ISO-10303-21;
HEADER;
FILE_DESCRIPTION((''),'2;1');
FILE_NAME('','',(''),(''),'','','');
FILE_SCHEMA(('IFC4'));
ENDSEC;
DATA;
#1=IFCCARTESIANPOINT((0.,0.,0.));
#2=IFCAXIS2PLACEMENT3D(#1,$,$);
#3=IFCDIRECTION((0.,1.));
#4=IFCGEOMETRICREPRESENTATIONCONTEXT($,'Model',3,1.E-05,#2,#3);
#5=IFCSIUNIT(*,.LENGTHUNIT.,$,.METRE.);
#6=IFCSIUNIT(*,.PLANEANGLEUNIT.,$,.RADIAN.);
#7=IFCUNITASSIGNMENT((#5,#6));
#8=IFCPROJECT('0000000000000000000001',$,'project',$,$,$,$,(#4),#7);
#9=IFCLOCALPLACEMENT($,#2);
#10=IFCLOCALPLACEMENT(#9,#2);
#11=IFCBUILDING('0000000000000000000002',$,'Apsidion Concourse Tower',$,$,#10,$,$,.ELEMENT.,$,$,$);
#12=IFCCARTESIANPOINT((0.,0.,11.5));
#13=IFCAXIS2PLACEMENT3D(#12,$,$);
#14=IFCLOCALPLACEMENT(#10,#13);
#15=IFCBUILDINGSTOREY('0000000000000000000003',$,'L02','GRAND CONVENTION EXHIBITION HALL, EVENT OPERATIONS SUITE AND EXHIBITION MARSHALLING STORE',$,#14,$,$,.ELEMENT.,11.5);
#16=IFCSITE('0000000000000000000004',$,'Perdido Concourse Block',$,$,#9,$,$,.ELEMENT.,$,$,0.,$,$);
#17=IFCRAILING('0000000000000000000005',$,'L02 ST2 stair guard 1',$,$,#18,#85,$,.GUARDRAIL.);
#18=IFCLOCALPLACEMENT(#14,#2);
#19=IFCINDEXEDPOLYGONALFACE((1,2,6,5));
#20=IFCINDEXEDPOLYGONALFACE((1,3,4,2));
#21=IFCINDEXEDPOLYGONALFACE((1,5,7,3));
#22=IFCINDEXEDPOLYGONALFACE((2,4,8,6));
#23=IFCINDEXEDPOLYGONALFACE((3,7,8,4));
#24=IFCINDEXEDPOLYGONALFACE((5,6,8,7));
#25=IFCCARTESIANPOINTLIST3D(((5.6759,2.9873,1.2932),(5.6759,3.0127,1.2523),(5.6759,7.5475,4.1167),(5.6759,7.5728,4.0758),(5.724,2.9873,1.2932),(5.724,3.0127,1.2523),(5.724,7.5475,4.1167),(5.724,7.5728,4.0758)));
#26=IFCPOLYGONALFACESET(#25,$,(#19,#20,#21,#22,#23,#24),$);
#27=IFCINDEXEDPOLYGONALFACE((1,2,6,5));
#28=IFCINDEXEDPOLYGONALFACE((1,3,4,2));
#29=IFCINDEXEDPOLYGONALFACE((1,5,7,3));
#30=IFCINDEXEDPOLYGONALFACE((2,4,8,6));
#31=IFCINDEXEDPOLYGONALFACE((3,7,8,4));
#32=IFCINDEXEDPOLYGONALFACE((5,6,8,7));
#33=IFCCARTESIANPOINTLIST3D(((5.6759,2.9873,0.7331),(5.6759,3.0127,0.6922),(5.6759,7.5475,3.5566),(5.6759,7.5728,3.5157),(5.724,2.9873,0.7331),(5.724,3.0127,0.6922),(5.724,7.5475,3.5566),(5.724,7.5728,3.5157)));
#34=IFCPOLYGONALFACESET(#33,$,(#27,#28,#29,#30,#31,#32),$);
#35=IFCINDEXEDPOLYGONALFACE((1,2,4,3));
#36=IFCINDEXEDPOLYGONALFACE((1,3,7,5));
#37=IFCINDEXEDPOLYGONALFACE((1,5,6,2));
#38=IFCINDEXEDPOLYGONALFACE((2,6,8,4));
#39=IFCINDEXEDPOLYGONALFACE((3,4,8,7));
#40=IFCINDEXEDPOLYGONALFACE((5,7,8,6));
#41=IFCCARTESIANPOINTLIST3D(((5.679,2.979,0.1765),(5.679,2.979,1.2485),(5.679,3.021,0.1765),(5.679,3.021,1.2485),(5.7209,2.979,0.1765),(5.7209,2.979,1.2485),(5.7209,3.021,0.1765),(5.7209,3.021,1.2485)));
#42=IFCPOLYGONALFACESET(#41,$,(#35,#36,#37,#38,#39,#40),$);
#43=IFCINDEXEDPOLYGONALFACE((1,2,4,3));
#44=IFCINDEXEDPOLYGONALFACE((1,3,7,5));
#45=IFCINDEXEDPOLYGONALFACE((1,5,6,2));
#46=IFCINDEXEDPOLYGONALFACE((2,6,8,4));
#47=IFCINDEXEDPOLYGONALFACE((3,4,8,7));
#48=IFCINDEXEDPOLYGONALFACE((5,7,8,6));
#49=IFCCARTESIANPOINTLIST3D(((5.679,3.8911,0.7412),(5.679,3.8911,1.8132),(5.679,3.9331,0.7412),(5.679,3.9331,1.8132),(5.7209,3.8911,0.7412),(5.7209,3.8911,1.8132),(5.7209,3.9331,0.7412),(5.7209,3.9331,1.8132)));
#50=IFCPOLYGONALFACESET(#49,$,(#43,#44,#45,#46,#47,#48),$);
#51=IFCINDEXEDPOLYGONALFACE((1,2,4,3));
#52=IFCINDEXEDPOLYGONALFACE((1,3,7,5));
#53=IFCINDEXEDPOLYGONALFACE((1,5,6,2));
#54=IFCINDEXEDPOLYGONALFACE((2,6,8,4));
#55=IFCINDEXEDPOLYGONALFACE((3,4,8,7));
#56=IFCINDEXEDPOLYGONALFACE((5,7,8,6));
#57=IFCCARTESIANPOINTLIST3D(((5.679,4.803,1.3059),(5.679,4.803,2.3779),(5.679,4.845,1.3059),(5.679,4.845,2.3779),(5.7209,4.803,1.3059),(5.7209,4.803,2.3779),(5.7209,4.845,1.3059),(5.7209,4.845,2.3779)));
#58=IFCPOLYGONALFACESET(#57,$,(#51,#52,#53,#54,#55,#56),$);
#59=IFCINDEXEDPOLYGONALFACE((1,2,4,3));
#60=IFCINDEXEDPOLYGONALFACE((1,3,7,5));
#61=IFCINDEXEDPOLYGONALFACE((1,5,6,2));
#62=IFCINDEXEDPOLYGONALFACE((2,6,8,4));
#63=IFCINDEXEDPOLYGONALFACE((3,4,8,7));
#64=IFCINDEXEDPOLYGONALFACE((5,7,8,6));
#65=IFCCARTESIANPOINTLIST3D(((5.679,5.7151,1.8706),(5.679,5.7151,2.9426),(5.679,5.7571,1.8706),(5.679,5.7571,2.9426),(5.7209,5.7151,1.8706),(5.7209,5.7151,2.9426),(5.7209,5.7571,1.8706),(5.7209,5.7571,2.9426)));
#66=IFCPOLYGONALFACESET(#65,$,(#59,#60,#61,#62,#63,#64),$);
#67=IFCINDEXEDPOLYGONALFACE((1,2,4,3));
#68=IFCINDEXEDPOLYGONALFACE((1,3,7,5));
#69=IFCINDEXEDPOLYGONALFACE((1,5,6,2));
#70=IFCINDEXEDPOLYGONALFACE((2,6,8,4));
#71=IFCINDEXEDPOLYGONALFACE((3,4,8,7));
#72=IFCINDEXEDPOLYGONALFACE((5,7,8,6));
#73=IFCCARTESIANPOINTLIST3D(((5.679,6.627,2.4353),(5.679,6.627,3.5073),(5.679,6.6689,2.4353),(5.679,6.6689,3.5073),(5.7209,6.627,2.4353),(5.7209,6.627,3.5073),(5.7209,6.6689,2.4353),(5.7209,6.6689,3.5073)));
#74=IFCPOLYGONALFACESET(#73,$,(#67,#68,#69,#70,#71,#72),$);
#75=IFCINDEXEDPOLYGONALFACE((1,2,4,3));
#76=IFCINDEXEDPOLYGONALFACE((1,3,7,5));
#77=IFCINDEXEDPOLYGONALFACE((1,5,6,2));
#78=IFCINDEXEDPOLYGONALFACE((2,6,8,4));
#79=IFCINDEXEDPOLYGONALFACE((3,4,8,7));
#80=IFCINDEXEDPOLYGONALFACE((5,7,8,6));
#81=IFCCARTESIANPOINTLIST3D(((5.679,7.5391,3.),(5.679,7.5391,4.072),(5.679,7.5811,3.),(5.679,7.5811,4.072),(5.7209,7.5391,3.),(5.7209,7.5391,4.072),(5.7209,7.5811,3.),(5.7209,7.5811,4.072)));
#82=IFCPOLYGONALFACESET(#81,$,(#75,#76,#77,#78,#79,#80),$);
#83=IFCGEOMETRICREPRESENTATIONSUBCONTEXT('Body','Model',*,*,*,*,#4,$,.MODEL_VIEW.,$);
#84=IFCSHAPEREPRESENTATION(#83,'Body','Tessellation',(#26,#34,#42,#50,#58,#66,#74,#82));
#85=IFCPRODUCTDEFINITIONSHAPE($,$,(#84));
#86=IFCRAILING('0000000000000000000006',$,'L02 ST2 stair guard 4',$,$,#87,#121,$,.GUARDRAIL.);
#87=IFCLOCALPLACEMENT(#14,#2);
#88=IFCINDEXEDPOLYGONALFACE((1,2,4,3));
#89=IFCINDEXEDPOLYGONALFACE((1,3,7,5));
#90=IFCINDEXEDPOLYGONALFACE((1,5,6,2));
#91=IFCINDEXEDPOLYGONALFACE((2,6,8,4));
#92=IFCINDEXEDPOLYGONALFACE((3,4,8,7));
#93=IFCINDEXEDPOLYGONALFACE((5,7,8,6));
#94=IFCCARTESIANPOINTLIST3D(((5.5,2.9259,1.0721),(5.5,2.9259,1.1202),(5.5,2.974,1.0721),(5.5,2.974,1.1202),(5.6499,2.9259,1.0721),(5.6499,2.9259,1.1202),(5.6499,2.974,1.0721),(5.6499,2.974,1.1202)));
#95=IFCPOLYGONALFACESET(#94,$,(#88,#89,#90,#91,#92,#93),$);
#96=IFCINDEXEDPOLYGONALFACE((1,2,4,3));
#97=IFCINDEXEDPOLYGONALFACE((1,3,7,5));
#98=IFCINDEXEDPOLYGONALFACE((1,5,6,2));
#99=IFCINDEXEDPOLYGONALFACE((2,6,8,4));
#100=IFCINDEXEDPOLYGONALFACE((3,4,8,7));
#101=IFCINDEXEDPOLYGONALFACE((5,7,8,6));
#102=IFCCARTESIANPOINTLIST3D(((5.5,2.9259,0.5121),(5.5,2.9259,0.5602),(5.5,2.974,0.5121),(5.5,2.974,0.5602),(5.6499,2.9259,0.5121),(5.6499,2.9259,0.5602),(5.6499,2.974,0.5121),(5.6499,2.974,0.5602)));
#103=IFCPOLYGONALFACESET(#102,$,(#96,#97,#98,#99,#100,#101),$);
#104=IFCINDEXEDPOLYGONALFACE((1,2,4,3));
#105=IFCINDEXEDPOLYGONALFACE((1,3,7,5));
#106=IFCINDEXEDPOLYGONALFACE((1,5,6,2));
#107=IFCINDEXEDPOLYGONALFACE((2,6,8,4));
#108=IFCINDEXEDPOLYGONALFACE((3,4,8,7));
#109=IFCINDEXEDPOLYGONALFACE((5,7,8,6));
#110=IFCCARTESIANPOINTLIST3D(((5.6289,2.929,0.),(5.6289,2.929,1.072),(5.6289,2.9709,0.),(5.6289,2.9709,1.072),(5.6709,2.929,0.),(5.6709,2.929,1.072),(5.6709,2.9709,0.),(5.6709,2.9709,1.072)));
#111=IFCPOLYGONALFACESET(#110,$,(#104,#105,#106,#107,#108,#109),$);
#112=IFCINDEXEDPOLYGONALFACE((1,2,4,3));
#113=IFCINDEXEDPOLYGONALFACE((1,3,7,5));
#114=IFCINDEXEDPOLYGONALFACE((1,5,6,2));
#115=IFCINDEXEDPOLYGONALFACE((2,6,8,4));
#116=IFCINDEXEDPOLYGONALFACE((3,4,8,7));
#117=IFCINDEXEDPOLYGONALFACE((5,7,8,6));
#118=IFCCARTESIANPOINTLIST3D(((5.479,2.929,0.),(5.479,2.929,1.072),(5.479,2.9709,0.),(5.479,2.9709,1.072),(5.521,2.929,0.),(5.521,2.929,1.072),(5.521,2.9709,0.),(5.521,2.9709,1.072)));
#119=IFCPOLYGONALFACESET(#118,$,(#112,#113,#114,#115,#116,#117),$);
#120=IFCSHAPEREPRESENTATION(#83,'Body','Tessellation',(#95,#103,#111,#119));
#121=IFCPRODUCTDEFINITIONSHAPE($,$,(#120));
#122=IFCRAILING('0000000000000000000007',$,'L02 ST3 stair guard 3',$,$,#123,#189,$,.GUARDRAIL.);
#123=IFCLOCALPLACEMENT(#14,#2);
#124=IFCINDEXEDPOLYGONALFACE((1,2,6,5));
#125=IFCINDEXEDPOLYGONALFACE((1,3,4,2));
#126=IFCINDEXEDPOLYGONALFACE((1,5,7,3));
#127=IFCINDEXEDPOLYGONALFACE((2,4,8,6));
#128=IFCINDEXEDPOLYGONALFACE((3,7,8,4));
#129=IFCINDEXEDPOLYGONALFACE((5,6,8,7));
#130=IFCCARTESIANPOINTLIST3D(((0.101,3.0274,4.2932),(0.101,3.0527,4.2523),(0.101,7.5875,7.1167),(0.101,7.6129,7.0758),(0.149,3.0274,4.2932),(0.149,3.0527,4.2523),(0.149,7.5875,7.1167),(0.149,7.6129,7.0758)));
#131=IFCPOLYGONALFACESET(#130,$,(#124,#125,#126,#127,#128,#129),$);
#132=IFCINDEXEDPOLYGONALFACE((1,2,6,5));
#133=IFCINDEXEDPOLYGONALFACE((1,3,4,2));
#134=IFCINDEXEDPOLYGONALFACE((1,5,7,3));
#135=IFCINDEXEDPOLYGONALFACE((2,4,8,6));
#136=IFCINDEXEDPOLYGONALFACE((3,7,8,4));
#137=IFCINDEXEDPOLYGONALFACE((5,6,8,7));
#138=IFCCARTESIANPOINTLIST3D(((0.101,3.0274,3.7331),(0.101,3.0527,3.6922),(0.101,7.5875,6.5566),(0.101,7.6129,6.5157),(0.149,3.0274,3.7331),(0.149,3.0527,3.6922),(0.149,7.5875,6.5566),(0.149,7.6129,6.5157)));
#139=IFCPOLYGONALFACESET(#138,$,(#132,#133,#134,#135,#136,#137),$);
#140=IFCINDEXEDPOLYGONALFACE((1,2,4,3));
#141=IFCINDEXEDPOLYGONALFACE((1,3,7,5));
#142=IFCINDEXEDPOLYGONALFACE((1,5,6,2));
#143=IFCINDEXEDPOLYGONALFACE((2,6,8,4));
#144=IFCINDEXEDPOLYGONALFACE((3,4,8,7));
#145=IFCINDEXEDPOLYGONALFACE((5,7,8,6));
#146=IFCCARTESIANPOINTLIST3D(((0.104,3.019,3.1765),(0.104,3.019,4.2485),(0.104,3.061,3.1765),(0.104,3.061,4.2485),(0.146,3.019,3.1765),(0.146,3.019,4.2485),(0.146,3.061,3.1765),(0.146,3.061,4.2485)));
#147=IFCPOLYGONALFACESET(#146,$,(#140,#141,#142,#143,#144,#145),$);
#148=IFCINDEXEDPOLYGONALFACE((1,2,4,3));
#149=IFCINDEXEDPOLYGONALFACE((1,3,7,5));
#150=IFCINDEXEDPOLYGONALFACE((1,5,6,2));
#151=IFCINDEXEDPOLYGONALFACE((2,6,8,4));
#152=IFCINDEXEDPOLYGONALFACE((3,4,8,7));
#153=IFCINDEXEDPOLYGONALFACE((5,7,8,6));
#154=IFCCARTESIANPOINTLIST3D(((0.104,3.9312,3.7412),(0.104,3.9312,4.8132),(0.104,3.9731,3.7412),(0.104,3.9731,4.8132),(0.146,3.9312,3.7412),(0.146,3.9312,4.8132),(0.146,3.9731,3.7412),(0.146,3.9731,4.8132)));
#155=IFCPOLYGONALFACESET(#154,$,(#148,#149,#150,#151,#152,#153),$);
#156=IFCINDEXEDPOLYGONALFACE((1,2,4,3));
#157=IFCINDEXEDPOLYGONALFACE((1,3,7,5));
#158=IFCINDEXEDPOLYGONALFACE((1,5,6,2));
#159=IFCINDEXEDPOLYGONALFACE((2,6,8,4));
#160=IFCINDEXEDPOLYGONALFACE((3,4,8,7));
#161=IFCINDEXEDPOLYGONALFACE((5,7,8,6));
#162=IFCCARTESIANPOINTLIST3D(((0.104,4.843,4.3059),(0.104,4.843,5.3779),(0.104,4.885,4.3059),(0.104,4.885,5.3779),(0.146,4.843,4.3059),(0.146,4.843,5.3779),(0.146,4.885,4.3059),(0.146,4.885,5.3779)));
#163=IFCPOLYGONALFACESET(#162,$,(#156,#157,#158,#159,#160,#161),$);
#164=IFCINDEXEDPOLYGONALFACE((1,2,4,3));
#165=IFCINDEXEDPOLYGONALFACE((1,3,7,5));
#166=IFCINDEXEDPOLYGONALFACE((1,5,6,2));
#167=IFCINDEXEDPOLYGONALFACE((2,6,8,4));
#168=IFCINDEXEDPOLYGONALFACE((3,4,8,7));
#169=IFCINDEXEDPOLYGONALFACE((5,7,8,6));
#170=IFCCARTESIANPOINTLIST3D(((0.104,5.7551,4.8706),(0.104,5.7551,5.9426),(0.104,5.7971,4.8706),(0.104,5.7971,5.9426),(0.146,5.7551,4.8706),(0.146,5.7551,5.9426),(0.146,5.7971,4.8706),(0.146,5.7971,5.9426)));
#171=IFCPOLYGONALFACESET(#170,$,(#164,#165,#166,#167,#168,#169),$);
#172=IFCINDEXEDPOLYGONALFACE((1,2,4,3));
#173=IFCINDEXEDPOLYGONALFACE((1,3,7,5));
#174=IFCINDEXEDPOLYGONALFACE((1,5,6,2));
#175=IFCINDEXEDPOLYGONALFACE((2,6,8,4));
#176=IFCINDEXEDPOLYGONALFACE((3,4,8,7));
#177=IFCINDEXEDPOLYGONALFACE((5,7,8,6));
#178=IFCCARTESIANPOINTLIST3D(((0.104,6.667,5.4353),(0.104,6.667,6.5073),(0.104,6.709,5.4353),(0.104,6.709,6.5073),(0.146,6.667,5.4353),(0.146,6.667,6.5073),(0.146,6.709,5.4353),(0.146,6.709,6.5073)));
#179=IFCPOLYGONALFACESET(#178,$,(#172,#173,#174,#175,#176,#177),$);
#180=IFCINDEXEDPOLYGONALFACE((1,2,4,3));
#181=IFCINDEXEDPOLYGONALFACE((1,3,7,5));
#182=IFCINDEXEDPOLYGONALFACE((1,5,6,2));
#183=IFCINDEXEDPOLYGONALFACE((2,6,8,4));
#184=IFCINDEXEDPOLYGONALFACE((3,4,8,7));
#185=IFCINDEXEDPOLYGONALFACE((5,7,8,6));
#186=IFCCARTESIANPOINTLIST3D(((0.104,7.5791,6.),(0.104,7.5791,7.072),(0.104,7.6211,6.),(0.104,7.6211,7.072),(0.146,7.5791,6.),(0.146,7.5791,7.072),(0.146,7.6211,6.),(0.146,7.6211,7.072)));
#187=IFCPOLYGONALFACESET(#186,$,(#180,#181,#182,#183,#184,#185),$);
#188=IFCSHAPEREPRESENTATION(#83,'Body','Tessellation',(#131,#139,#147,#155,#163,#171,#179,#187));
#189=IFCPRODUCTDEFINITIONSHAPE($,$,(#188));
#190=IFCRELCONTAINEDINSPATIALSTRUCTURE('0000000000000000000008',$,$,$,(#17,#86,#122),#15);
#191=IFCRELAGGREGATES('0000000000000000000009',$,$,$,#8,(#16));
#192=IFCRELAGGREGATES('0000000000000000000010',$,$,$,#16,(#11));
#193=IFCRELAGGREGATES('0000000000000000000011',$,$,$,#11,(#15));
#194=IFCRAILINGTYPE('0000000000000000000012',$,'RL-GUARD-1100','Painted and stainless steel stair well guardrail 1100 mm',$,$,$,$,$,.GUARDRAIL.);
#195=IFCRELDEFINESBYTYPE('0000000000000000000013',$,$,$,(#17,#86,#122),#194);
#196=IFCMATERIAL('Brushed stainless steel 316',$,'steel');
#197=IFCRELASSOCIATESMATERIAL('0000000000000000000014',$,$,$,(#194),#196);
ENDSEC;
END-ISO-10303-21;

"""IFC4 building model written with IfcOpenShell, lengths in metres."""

from ifc_helpers import new_model, si_unit, direction, frame, origin, origin_2d, place, context, subcontext, project, spatial, rectangle, extrude, material, type_object, element, save


model = new_model("IFC4")

# Units and contexts
model_context = context("Model", 3, precision=1e-05, world=origin(), true_north=direction((0.0, 1.0)))
body_context = subcontext(model_context, "Body", "Model", "MODEL_VIEW")
ifc_project = project(units=[si_unit("LENGTHUNIT", "METRE"), si_unit("PLANEANGLEUNIT", "RADIAN")], contexts=[model_context])

# Site, building, storey
site_placement = place(None, origin())
site = spatial("IfcSite", under=ifc_project, at=site_placement, Name="Perdido Concourse Block", CompositionType="ELEMENT", RefElevation=0.0)
building_placement = place(site_placement, origin())
building = spatial("IfcBuilding", under=site, at=building_placement, Name="Apsidion Concourse Tower", CompositionType="ELEMENT")
storey_placement = place(building_placement, frame((0.0, 0.0, 11.5)))
storey = spatial("IfcBuildingStorey", under=building, at=storey_placement, Name="L02", Description="GRAND CONVENTION EXHIBITION HALL, EVENT OPERATIONS SUITE AND EXHIBITION MARSHALLING STORE", CompositionType="ELEMENT", Elevation=11.5)

# Railings
ifc_material_1 = material(Name="Brushed stainless steel 316", Category="steel")
railing_type_1 = type_object("IfcRailingType", Name="RL-GUARD-1100", Description="Painted and stainless steel stair well guardrail 1100 mm", PredefinedType="GUARDRAIL", material=ifc_material_1)
railing_1_placement = place(storey_placement, frame((5.7, 3.0, 0.1765)))
element("IfcRailing", 1, at=railing_1_placement, inside=storey, type_object=railing_type_1, Name="L02 ST2 stair guard 1", PredefinedType="GUARDRAIL", context=body_context, shape_type="SweptSolid", body=[
    extrude(rectangle(XDim=0.0481, YDim=0.0481, at=origin_2d()), frame((0.0, 0.0, 1.0962), z_axis=(0.0, 0.850216, 0.526435), x_axis=(-1.0, 0.0, 0.0)), (0.0, 0.0, 1.0), 5.3635),
    extrude(rectangle(XDim=0.0481, YDim=0.0481, at=origin_2d()), frame((0.0, 0.0, 0.5361), z_axis=(0.0, 0.850216, 0.526435), x_axis=(-1.0, 0.0, 0.0)), (0.0, 0.0, 1.0), 5.3635),
    extrude(rectangle(XDim=0.042, YDim=0.042, at=origin_2d()), origin(), (0.0, 0.0, 1.0), 1.072),
    extrude(rectangle(XDim=0.042, YDim=0.042, at=origin_2d()), frame((0.0, 0.9121, 0.5647)), (0.0, 0.0, 1.0), 1.072),
    extrude(rectangle(XDim=0.042, YDim=0.042, at=origin_2d()), frame((0.0, 1.824, 1.1294)), (0.0, 0.0, 1.0), 1.072),
    extrude(rectangle(XDim=0.042, YDim=0.042, at=origin_2d()), frame((0.0, 2.7361, 1.6941)), (0.0, 0.0, 1.0), 1.072),
    extrude(rectangle(XDim=0.042, YDim=0.042, at=origin_2d()), frame((0.0, 3.6479, 2.2588)), (0.0, 0.0, 1.0), 1.072),
    extrude(rectangle(XDim=0.042, YDim=0.042, at=origin_2d()), frame((0.0, 4.5601, 2.8235)), (0.0, 0.0, 1.0), 1.072),
])
railing_2_placement = place(storey_placement, frame((5.6499, 2.95, 0.0)))
element("IfcRailing", 2, at=railing_2_placement, inside=storey, type_object=railing_type_1, Name="L02 ST2 stair guard 4", PredefinedType="GUARDRAIL", context=body_context, shape_type="SweptSolid", body=[
    extrude(rectangle(XDim=0.0481, YDim=0.0481, at=origin_2d()), frame((0.0, 0.0, 1.0962), z_axis=(-1.0, 0.0, 0.0), x_axis=(0.0, -1.0, 0.0)), (0.0, 0.0, 1.0), 0.1499),
    extrude(rectangle(XDim=0.0481, YDim=0.0481, at=origin_2d()), frame((0.0, 0.0, 0.5361), z_axis=(-1.0, 0.0, 0.0), x_axis=(0.0, -1.0, 0.0)), (0.0, 0.0, 1.0), 0.1499),
    extrude(rectangle(XDim=0.042, YDim=0.042, at=origin_2d()), origin(), (0.0, 0.0, 1.0), 1.072),
    extrude(rectangle(XDim=0.042, YDim=0.042, at=origin_2d()), frame((-0.1499, 0.0, 0.0)), (0.0, 0.0, 1.0), 1.072),
])
railing_3_placement = place(storey_placement, frame((0.125, 3.04, 3.1765)))
element("IfcRailing", 3, at=railing_3_placement, inside=storey, type_object=railing_type_1, Name="L02 ST3 stair guard 3", PredefinedType="GUARDRAIL", context=body_context, shape_type="SweptSolid", body=[
    extrude(rectangle(XDim=0.0481, YDim=0.0481, at=origin_2d()), frame((0.0, 0.0, 1.0962), z_axis=(0.0, 0.850216, 0.526435), x_axis=(-1.0, 0.0, 0.0)), (0.0, 0.0, 1.0), 5.3635),
    extrude(rectangle(XDim=0.0481, YDim=0.0481, at=origin_2d()), frame((0.0, 0.0, 0.5361), z_axis=(0.0, 0.850216, 0.526435), x_axis=(-1.0, 0.0, 0.0)), (0.0, 0.0, 1.0), 5.3635),
    extrude(rectangle(XDim=0.042, YDim=0.042, at=origin_2d()), origin(), (0.0, 0.0, 1.0), 1.072),
    extrude(rectangle(XDim=0.042, YDim=0.042, at=origin_2d()), frame((0.0, 0.9121, 0.5647)), (0.0, 0.0, 1.0), 1.072),
    extrude(rectangle(XDim=0.042, YDim=0.042, at=origin_2d()), frame((0.0, 1.824, 1.1294)), (0.0, 0.0, 1.0), 1.072),
    extrude(rectangle(XDim=0.042, YDim=0.042, at=origin_2d()), frame((0.0, 2.7361, 1.6941)), (0.0, 0.0, 1.0), 1.072),
    extrude(rectangle(XDim=0.042, YDim=0.042, at=origin_2d()), frame((0.0, 3.6479, 2.2588)), (0.0, 0.0, 1.0), 1.072),
    extrude(rectangle(XDim=0.042, YDim=0.042, at=origin_2d()), frame((0.0, 4.5601, 2.8235)), (0.0, 0.0, 1.0), 1.072),
])

save(model, "model.ifc")
